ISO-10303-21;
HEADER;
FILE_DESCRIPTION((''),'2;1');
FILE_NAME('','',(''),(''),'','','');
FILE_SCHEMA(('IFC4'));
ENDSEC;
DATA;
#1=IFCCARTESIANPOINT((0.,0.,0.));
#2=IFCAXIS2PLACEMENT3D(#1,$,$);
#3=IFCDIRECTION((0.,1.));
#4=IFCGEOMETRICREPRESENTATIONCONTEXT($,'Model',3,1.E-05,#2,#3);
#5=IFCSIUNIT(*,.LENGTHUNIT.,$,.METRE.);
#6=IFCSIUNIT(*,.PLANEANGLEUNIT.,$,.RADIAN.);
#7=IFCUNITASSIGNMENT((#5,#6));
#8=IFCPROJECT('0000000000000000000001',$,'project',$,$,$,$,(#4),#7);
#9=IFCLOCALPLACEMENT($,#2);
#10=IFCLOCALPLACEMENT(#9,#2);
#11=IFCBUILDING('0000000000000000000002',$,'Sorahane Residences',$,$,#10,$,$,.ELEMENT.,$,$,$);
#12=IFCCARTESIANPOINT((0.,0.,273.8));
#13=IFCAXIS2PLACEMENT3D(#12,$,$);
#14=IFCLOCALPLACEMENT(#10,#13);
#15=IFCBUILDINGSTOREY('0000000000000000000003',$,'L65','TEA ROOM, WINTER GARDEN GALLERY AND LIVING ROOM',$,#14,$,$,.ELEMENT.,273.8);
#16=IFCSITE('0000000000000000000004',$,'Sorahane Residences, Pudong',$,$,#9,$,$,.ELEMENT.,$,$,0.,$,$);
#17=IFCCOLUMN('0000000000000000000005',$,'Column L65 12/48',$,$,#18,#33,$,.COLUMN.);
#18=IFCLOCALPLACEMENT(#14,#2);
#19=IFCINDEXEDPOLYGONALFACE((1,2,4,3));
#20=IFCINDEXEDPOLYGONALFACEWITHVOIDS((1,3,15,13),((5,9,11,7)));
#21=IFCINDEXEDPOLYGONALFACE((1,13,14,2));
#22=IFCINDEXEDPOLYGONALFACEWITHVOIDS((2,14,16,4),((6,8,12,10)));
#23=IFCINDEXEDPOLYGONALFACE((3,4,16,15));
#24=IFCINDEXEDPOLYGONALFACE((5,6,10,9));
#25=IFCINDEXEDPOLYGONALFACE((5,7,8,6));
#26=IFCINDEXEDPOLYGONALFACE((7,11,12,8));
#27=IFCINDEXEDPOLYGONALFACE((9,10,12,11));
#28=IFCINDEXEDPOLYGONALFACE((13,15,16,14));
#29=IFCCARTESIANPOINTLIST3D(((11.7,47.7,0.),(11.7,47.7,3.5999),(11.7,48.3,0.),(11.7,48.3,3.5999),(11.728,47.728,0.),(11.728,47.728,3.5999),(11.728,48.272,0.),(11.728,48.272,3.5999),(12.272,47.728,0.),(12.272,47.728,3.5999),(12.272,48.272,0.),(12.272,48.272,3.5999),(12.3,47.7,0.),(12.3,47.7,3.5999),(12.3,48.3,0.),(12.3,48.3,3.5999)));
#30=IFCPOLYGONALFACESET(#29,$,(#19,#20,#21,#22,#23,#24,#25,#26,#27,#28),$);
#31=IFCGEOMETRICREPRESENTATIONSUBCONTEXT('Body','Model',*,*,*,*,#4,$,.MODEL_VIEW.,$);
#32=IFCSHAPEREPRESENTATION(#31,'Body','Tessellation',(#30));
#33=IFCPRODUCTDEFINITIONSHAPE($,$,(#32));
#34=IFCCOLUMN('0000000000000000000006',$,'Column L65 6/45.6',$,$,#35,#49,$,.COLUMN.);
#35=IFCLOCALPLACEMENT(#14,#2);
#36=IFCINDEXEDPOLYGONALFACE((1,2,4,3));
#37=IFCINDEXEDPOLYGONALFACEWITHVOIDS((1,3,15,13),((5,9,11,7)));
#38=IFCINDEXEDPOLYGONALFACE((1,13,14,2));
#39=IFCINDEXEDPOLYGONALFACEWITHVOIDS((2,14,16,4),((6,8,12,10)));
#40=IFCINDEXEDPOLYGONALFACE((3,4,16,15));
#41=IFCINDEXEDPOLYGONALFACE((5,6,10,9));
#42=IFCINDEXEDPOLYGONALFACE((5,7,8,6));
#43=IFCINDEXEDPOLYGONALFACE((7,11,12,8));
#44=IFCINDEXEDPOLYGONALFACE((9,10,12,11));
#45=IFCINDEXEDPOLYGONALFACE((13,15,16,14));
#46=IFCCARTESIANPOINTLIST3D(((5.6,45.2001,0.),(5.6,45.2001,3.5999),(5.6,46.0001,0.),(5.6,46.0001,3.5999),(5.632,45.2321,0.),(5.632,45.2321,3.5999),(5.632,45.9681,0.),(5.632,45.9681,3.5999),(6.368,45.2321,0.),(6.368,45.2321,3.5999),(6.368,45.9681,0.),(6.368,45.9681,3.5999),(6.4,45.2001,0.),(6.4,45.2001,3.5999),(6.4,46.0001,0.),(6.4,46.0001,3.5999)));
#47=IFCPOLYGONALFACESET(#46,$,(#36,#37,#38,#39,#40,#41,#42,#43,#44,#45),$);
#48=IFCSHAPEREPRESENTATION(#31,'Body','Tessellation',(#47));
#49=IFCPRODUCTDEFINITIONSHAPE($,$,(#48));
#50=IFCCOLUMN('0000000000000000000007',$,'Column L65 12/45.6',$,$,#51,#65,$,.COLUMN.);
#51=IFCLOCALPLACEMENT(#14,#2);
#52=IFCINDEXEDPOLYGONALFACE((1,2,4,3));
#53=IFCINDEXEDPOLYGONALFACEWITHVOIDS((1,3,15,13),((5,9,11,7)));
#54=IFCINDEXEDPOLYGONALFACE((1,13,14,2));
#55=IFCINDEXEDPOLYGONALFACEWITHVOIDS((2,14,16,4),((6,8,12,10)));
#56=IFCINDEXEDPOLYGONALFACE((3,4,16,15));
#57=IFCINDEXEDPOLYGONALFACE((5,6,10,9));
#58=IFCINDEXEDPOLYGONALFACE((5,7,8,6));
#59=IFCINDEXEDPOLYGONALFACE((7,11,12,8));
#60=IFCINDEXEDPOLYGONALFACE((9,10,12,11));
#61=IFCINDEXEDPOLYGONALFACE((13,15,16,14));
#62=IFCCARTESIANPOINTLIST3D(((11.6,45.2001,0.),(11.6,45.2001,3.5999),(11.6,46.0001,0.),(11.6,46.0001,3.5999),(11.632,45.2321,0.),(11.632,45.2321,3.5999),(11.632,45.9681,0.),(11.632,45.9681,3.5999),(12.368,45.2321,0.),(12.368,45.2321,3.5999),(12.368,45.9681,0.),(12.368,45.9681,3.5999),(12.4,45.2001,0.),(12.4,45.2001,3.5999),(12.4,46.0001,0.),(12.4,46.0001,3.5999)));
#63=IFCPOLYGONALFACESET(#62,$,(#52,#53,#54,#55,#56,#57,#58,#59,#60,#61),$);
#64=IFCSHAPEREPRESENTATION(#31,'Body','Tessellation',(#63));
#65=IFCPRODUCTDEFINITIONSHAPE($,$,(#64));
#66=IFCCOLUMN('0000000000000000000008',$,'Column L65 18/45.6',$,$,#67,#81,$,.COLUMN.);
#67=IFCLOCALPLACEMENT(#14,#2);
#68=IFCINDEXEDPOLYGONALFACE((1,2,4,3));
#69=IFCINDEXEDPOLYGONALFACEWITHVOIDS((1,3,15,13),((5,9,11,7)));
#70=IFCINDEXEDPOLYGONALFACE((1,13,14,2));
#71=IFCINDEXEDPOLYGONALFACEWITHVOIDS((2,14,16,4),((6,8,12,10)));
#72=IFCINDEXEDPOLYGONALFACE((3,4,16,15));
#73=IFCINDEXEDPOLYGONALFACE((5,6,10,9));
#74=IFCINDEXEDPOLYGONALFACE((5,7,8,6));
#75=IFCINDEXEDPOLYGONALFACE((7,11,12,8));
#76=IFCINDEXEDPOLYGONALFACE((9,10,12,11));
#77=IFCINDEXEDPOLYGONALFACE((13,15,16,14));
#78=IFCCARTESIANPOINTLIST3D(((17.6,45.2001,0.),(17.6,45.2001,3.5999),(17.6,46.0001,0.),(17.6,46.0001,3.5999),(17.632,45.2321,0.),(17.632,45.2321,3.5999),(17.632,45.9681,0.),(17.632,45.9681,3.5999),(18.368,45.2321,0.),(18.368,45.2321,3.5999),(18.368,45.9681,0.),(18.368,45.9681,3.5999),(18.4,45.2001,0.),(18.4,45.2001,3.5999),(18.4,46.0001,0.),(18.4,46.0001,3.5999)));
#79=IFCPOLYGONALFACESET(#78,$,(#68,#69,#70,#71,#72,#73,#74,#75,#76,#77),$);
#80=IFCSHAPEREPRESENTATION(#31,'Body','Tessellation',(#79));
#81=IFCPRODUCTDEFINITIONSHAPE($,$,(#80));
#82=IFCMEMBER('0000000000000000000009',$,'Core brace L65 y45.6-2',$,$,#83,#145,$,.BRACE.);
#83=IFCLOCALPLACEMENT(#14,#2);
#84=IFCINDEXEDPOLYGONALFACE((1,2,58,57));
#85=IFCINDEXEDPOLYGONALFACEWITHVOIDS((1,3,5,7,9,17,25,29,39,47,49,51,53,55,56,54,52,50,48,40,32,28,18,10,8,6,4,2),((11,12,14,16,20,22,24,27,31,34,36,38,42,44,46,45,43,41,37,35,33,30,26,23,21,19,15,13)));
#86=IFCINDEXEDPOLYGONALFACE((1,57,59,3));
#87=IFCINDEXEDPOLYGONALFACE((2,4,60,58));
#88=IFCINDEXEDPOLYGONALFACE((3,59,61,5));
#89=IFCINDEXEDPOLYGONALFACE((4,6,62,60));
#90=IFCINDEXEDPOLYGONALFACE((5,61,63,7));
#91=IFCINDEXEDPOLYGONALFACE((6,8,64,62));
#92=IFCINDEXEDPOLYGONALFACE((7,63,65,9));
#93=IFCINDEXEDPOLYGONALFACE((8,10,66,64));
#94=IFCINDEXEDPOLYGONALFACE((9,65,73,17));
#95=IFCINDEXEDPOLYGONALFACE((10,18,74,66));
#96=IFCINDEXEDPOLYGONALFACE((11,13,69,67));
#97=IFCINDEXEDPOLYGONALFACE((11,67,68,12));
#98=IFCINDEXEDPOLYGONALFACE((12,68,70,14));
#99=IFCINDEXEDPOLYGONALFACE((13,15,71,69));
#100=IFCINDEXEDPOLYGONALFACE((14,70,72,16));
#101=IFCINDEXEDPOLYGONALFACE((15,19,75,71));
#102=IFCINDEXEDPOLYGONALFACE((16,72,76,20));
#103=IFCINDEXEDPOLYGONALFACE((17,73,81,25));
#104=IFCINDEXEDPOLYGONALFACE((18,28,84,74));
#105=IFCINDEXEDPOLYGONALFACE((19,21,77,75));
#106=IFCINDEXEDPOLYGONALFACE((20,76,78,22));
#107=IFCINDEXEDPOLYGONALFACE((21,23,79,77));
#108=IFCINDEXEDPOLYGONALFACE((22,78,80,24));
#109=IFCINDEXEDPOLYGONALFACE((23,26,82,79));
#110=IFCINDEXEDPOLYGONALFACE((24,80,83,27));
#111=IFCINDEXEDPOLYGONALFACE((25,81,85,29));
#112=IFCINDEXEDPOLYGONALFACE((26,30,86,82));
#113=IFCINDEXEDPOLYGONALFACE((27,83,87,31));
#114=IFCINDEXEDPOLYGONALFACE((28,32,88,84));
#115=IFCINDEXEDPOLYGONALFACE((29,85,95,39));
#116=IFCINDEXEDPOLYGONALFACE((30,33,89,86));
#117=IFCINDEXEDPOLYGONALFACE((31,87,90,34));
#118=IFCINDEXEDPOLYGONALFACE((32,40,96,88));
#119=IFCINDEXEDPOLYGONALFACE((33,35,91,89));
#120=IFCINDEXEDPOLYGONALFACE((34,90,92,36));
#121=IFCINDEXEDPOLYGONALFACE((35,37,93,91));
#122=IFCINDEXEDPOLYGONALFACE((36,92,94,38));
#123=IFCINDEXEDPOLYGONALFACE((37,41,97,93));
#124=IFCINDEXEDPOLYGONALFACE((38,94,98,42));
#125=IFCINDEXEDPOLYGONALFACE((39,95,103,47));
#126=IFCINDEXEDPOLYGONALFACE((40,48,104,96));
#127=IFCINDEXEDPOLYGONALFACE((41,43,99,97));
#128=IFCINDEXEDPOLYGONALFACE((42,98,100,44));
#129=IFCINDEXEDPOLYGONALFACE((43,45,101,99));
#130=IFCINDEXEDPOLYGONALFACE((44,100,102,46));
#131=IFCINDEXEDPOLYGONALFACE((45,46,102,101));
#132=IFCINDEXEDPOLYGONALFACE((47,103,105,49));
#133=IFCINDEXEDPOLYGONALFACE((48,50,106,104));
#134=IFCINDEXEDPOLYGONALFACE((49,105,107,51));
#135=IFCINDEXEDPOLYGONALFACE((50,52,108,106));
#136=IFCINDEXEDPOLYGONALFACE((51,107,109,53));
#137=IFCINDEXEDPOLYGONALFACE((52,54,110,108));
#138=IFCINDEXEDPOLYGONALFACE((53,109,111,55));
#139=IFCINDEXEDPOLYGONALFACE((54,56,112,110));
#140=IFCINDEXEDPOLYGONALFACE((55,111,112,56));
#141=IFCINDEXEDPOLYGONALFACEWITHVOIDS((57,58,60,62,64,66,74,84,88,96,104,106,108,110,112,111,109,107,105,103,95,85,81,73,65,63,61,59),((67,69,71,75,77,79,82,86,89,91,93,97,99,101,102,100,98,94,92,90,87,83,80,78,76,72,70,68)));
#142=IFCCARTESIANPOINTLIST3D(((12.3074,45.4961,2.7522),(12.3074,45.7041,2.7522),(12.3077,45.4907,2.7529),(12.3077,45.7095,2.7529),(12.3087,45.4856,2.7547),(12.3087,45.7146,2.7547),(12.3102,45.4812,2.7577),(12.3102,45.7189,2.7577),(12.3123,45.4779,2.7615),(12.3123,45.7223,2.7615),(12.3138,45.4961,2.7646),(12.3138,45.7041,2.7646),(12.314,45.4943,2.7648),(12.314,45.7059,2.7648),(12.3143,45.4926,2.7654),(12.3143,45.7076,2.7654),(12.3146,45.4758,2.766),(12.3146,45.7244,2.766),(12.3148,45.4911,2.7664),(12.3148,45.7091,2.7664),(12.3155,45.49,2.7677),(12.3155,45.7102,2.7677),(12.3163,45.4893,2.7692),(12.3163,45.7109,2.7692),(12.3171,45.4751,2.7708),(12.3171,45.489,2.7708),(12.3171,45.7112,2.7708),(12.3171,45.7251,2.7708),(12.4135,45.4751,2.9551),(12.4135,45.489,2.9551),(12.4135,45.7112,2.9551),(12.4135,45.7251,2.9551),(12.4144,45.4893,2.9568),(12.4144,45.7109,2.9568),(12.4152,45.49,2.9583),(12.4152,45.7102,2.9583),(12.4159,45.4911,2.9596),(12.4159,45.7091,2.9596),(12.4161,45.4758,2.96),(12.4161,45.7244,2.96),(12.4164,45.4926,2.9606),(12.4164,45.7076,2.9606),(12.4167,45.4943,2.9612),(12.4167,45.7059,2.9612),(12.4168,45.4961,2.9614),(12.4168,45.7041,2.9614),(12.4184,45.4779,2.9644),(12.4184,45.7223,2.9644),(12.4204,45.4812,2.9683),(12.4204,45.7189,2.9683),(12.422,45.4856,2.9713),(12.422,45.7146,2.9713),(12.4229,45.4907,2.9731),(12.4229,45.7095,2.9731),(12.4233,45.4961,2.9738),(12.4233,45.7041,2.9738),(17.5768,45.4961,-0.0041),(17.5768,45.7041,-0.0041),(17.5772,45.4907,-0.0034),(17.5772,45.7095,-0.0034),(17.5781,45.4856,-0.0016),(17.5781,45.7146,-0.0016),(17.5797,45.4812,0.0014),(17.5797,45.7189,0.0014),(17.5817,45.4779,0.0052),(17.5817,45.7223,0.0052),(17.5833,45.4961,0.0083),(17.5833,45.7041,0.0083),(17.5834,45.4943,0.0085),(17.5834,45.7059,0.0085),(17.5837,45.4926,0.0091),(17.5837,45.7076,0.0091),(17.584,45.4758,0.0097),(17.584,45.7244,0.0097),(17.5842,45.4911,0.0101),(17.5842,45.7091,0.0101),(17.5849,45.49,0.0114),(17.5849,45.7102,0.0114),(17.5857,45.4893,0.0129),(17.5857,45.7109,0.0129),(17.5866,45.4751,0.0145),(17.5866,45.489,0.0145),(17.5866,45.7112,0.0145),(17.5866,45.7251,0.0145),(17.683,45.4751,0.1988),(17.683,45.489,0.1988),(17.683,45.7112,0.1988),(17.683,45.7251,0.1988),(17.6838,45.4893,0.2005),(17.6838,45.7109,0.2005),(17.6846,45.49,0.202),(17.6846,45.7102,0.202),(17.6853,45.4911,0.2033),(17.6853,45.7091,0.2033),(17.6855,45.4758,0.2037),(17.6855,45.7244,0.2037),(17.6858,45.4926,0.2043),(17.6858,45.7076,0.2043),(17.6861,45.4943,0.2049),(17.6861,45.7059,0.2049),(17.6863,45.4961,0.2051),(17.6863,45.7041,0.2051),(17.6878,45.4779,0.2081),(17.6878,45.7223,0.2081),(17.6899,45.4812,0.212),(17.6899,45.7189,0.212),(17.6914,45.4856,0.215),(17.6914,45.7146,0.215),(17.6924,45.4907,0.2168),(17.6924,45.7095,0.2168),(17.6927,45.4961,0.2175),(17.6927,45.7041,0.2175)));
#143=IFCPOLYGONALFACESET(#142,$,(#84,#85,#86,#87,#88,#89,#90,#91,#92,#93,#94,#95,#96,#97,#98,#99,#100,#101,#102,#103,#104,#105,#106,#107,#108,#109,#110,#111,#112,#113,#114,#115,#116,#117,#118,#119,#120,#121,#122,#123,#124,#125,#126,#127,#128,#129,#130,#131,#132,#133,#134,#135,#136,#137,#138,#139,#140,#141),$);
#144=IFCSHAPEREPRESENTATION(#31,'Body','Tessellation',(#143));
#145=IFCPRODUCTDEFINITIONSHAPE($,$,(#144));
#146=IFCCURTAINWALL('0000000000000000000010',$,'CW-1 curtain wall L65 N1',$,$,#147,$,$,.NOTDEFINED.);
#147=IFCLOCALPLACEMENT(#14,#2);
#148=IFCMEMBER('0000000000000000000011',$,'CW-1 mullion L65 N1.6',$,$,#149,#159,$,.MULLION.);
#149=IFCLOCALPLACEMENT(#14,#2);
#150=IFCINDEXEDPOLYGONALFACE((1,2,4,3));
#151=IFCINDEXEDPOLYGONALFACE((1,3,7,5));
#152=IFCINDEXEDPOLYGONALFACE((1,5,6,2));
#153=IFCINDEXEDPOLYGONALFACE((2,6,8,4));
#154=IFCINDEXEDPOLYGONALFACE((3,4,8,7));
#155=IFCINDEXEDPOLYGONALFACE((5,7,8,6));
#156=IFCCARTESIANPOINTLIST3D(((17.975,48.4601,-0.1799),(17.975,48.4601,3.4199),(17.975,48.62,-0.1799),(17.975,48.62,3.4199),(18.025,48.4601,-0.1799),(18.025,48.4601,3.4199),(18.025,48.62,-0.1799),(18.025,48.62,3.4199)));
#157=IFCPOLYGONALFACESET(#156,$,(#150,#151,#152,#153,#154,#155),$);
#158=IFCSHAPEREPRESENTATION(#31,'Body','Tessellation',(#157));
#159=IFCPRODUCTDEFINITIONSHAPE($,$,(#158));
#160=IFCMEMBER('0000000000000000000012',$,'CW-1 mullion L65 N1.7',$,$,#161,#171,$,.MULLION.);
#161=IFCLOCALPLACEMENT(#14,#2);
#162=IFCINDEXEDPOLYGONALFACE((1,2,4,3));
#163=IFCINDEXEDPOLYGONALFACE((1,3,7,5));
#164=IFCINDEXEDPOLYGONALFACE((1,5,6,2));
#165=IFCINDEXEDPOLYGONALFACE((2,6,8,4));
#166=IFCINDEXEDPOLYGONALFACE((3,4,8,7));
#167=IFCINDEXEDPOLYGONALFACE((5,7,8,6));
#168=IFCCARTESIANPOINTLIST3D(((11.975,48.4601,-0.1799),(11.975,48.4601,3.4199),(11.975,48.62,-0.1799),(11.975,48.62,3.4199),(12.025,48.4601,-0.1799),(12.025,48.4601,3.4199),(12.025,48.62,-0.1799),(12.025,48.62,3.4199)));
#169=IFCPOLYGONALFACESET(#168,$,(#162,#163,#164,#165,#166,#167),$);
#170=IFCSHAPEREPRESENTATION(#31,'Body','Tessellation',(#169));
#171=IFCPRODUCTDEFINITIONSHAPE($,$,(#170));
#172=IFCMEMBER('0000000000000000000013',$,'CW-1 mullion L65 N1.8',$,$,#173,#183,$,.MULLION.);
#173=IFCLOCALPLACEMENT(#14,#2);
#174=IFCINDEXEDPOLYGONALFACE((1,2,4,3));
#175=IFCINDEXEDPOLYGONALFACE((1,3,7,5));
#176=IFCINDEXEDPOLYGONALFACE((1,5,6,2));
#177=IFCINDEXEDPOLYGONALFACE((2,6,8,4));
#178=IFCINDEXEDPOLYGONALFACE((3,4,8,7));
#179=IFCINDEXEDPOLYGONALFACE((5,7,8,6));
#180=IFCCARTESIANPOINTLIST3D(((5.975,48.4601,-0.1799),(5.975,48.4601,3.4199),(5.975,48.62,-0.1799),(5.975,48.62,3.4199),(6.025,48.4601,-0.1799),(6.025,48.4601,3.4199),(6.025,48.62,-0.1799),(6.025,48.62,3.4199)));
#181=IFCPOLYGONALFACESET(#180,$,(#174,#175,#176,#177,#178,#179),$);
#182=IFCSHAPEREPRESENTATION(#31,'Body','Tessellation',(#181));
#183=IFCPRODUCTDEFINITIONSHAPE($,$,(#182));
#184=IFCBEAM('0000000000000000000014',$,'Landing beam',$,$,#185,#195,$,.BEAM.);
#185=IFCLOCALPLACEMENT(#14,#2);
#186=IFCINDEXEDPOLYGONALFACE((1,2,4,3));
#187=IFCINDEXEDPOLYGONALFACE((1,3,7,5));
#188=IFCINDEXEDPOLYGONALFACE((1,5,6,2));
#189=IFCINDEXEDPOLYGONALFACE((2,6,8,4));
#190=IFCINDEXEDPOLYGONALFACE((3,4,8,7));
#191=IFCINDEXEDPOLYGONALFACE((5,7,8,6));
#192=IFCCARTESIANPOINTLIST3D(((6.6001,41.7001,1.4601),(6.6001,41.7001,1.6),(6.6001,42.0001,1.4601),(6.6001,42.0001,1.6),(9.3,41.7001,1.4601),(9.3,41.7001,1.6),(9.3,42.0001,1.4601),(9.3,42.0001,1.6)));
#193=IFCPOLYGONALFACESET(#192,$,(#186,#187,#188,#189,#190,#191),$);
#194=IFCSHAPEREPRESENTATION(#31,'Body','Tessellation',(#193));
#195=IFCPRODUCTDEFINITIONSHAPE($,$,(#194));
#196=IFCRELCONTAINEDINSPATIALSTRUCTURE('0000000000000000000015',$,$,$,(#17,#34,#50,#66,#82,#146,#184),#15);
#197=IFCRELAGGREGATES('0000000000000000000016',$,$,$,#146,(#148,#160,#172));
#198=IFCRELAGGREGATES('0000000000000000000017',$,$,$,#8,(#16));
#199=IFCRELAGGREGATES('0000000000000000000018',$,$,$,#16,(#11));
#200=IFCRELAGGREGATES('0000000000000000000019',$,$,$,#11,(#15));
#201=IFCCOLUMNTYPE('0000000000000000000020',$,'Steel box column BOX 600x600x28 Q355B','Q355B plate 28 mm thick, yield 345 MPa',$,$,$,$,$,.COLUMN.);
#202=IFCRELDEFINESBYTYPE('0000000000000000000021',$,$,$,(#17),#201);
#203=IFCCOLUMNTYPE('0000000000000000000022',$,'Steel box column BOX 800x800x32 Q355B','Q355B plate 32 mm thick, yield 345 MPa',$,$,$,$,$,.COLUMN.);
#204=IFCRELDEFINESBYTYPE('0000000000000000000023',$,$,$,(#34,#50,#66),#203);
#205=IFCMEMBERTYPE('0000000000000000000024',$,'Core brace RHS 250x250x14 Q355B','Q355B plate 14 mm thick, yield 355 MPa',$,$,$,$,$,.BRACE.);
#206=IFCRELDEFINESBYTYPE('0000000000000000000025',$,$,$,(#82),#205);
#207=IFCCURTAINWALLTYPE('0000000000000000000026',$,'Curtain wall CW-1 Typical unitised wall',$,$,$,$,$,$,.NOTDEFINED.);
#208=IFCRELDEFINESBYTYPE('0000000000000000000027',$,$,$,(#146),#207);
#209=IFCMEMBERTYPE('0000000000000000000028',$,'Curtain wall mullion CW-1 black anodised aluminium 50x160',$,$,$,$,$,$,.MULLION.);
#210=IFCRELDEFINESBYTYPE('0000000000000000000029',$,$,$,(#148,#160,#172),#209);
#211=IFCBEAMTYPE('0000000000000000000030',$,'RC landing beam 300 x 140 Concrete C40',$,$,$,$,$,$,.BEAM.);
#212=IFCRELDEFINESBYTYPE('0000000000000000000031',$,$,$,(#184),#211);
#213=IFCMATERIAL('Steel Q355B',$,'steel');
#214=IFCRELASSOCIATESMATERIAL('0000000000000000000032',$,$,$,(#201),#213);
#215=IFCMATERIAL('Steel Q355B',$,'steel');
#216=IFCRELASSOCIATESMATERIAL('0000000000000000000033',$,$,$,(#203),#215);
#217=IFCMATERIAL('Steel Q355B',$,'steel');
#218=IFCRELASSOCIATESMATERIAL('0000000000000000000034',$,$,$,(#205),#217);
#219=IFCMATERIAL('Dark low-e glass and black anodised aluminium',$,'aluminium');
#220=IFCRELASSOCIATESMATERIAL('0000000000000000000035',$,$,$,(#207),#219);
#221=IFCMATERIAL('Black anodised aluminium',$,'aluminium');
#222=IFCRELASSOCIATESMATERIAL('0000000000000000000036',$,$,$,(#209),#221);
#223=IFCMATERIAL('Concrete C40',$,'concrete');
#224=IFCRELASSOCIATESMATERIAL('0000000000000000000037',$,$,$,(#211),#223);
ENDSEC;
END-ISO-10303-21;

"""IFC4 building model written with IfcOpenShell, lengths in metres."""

from ifc_helpers import new_model, si_unit, direction, frame, origin, origin_2d, place, context, subcontext, project, spatial, rectangle, hollow_rectangle, extrude, material, material_profile, profile_set, type_object, element, aggregate, save


model = new_model("IFC4")

# Units and contexts
model_context = context("Model", 3, precision=1e-05, world=origin(), true_north=direction((0.0, 1.0)))
body_context = subcontext(model_context, "Body", "Model", "MODEL_VIEW")
ifc_project = project(units=[si_unit("LENGTHUNIT", "METRE"), si_unit("PLANEANGLEUNIT", "RADIAN")], contexts=[model_context])

# Site, building, storey
site_placement = place(None, origin())
site = spatial("IfcSite", under=ifc_project, at=site_placement, Name="Sorahane Residences, Pudong", CompositionType="ELEMENT", RefElevation=0.0)
building_placement = place(site_placement, origin())
building = spatial("IfcBuilding", under=site, at=building_placement, Name="Sorahane Residences", CompositionType="ELEMENT")
storey_placement = place(building_placement, frame((0.0, 0.0, 273.8)))
storey = spatial("IfcBuildingStorey", under=building, at=storey_placement, Name="L65", Description="TEA ROOM, WINTER GARDEN GALLERY AND LIVING ROOM", CompositionType="ELEMENT", Elevation=273.8)

# Columns
ifc_material_1 = material(Name="Steel Q355B", Category="steel")
ifc_material_profile_1 = material_profile(ifc_material_1, hollow_rectangle(XDim=0.6001, YDim=0.6001, WallThickness=0.0281, at=origin_2d()), Name="BOX 600x600x28")
ifc_profile_set_1 = profile_set([ifc_material_profile_1], Name="Steel Q355B")
column_type_1 = type_object("IfcColumnType", Name="Steel box column BOX 600x600x28 Q355B", Description="Q355B plate 28 mm thick, yield 345 MPa", PredefinedType="COLUMN", material=ifc_profile_set_1)
column_placement = place(storey_placement, frame((12.0, 48.0, 0.0), z_axis=(0.0, 0.0, 1.0), x_axis=(1.0, 0.0, 0.0)))
element("IfcColumn", 1, at=column_placement, inside=storey, type_object=column_type_1, Name="Column L65 12/48", PredefinedType="COLUMN", context=body_context, shape_type="SweptSolid", body=[
    extrude(hollow_rectangle(XDim=0.6001, YDim=0.6001, WallThickness=0.0281, at=origin_2d()), origin(), (0.0, 0.0, 1.0), 3.5999),
])
ifc_material_2 = material(Name="Steel Q355B", Category="steel")
ifc_material_profile_2 = material_profile(ifc_material_2, hollow_rectangle(XDim=0.8, YDim=0.8, WallThickness=0.032, at=origin_2d()), Name="BOX 800x800x32")
ifc_profile_set_2 = profile_set([ifc_material_profile_2], Name="Steel Q355B")
column_type_2 = type_object("IfcColumnType", Name="Steel box column BOX 800x800x32 Q355B", Description="Q355B plate 32 mm thick, yield 345 MPa", PredefinedType="COLUMN", material=ifc_profile_set_2)
for number, where, z_axis, x_axis, name in (
    (2, (6.0, 45.6001, 0.0), (0.0, 0.0, 1.0), (1.0, 0.0, 0.0), "Column L65 6/45.6"),
    (3, (12.0, 45.6001, 0.0), (0.0, 0.0, 1.0), (1.0, 0.0, 0.0), "Column L65 12/45.6"),
    (4, (18.0, 45.6001, 0.0), (0.0, 0.0, 1.0), (1.0, 0.0, 0.0), "Column L65 18/45.6"),
):
    element("IfcColumn", number, at=place(storey_placement, frame(where, z_axis=z_axis, x_axis=x_axis)), inside=storey, type_object=column_type_2, Name=name, PredefinedType="COLUMN", context=body_context, shape_type="SweptSolid", body=[
        extrude(hollow_rectangle(XDim=0.8, YDim=0.8, WallThickness=0.032, at=origin_2d()), origin(), (0.0, 0.0, 1.0), 3.5999),
    ])

# Member
ifc_material_3 = material(Name="Steel Q355B", Category="steel")
ifc_material_profile_3 = material_profile(ifc_material_3, hollow_rectangle(XDim=0.25, YDim=0.25, WallThickness=0.0139, InnerFilletRadius=0.0071, OuterFilletRadius=0.021, at=origin_2d()), Name="RHS 250x250x14")
ifc_profile_set_3 = profile_set([ifc_material_profile_3], Name="Steel Q355B")
member_type_1 = type_object("IfcMemberType", Name="Core brace RHS 250x250x14 Q355B", Description="Q355B plate 14 mm thick, yield 355 MPa", PredefinedType="BRACE", material=ifc_profile_set_3)
member_1_placement = place(storey_placement, frame((17.6348, 45.6001, 0.1067), z_axis=(-0.8861, 0.0, 0.463495), x_axis=(0.0, -1.0, 0.0)))
element("IfcMember", 5, at=member_1_placement, inside=storey, type_object=member_type_1, Name="Core brace L65 y45.6-2", PredefinedType="BRACE", context=body_context, shape_type="SweptSolid", body=[
    extrude(hollow_rectangle(XDim=0.25, YDim=0.25, WallThickness=0.0139, InnerFilletRadius=0.0071, OuterFilletRadius=0.021, at=origin_2d()), origin(), (0.0, 0.0, 1.0), 5.9468),
])

# Curtain wall, members
ifc_material_4 = material(Name="Dark low-e glass and black anodised aluminium", Category="aluminium")
curtain_wall_type = type_object("IfcCurtainWallType", Name="Curtain wall CW-1 Typical unitised wall", PredefinedType="NOTDEFINED", material=ifc_material_4)
curtain_wall_placement = place(storey_placement, origin())
curtain_wall = element("IfcCurtainWall", 6, at=curtain_wall_placement, inside=storey, type_object=curtain_wall_type, Name="CW-1 curtain wall L65 N1", PredefinedType="NOTDEFINED")
ifc_material_5 = material(Name="Black anodised aluminium", Category="aluminium")
ifc_material_profile_4 = material_profile(ifc_material_5, rectangle(XDim=0.1599, YDim=0.05, at=origin_2d()), Name="Curtain wall mullion CW-1 black anodised aluminium 50x160")
ifc_profile_set_4 = profile_set([ifc_material_profile_4], Name="Black anodised aluminium")
member_type_2 = type_object("IfcMemberType", Name="Curtain wall mullion CW-1 black anodised aluminium 50x160", PredefinedType="MULLION", material=ifc_profile_set_4)
member_2_placement = place(storey_placement, frame((18.0, 48.54, -0.1799), z_axis=(0.0, 0.0, 1.0), x_axis=(0.0, 1.0, 0.0)))
member_2 = element("IfcMember", 7, at=member_2_placement, type_object=member_type_2, Name="CW-1 mullion L65 N1.6", PredefinedType="MULLION", context=body_context, shape_type="SweptSolid", body=[
    extrude(rectangle(XDim=0.1599, YDim=0.05, at=origin_2d()), origin(), (0.0, 0.0, 1.0), 3.5999),
])
member_3_placement = place(storey_placement, frame((12.0, 48.54, -0.1799), z_axis=(0.0, 0.0, 1.0), x_axis=(0.0, 1.0, 0.0)))
member_3 = element("IfcMember", 8, at=member_3_placement, type_object=member_type_2, Name="CW-1 mullion L65 N1.7", PredefinedType="MULLION", context=body_context, shape_type="SweptSolid", body=[
    extrude(rectangle(XDim=0.1599, YDim=0.05, at=origin_2d()), origin(), (0.0, 0.0, 1.0), 3.5999),
])
member_4_placement = place(storey_placement, frame((6.0, 48.54, -0.1799), z_axis=(0.0, 0.0, 1.0), x_axis=(0.0, 1.0, 0.0)))
member_4 = element("IfcMember", 9, at=member_4_placement, type_object=member_type_2, Name="CW-1 mullion L65 N1.8", PredefinedType="MULLION", context=body_context, shape_type="SweptSolid", body=[
    extrude(rectangle(XDim=0.1599, YDim=0.05, at=origin_2d()), origin(), (0.0, 0.0, 1.0), 3.5999),
])

# Beam
ifc_material_6 = material(Name="Concrete C40", Category="concrete")
ifc_material_profile_5 = material_profile(ifc_material_6, rectangle(XDim=0.3, YDim=0.1399, at=origin_2d()), Name="300x140")
ifc_profile_set_5 = profile_set([ifc_material_profile_5], Name="Concrete C40")
beam_type_1 = type_object("IfcBeamType", Name="RC landing beam 300 x 140 Concrete C40", PredefinedType="BEAM", material=ifc_profile_set_5)
for number, where, z_axis, x_axis, name in (
    (10, (6.6001, 41.8501, 1.53), (1.0, 0.0, 0.0), (0.0, 1.0, 0.0), "Landing beam"),
):
    element("IfcBeam", number, at=place(storey_placement, frame(where, z_axis=z_axis, x_axis=x_axis)), inside=storey, type_object=beam_type_1, Name=name, PredefinedType="BEAM", context=body_context, shape_type="SweptSolid", body=[
        extrude(rectangle(XDim=0.3, YDim=0.1399, at=origin_2d()), origin(), (0.0, 0.0, 1.0), 2.7),
    ])

aggregate(curtain_wall, [member_2, member_3, member_4])

save(model, "model.ifc")
